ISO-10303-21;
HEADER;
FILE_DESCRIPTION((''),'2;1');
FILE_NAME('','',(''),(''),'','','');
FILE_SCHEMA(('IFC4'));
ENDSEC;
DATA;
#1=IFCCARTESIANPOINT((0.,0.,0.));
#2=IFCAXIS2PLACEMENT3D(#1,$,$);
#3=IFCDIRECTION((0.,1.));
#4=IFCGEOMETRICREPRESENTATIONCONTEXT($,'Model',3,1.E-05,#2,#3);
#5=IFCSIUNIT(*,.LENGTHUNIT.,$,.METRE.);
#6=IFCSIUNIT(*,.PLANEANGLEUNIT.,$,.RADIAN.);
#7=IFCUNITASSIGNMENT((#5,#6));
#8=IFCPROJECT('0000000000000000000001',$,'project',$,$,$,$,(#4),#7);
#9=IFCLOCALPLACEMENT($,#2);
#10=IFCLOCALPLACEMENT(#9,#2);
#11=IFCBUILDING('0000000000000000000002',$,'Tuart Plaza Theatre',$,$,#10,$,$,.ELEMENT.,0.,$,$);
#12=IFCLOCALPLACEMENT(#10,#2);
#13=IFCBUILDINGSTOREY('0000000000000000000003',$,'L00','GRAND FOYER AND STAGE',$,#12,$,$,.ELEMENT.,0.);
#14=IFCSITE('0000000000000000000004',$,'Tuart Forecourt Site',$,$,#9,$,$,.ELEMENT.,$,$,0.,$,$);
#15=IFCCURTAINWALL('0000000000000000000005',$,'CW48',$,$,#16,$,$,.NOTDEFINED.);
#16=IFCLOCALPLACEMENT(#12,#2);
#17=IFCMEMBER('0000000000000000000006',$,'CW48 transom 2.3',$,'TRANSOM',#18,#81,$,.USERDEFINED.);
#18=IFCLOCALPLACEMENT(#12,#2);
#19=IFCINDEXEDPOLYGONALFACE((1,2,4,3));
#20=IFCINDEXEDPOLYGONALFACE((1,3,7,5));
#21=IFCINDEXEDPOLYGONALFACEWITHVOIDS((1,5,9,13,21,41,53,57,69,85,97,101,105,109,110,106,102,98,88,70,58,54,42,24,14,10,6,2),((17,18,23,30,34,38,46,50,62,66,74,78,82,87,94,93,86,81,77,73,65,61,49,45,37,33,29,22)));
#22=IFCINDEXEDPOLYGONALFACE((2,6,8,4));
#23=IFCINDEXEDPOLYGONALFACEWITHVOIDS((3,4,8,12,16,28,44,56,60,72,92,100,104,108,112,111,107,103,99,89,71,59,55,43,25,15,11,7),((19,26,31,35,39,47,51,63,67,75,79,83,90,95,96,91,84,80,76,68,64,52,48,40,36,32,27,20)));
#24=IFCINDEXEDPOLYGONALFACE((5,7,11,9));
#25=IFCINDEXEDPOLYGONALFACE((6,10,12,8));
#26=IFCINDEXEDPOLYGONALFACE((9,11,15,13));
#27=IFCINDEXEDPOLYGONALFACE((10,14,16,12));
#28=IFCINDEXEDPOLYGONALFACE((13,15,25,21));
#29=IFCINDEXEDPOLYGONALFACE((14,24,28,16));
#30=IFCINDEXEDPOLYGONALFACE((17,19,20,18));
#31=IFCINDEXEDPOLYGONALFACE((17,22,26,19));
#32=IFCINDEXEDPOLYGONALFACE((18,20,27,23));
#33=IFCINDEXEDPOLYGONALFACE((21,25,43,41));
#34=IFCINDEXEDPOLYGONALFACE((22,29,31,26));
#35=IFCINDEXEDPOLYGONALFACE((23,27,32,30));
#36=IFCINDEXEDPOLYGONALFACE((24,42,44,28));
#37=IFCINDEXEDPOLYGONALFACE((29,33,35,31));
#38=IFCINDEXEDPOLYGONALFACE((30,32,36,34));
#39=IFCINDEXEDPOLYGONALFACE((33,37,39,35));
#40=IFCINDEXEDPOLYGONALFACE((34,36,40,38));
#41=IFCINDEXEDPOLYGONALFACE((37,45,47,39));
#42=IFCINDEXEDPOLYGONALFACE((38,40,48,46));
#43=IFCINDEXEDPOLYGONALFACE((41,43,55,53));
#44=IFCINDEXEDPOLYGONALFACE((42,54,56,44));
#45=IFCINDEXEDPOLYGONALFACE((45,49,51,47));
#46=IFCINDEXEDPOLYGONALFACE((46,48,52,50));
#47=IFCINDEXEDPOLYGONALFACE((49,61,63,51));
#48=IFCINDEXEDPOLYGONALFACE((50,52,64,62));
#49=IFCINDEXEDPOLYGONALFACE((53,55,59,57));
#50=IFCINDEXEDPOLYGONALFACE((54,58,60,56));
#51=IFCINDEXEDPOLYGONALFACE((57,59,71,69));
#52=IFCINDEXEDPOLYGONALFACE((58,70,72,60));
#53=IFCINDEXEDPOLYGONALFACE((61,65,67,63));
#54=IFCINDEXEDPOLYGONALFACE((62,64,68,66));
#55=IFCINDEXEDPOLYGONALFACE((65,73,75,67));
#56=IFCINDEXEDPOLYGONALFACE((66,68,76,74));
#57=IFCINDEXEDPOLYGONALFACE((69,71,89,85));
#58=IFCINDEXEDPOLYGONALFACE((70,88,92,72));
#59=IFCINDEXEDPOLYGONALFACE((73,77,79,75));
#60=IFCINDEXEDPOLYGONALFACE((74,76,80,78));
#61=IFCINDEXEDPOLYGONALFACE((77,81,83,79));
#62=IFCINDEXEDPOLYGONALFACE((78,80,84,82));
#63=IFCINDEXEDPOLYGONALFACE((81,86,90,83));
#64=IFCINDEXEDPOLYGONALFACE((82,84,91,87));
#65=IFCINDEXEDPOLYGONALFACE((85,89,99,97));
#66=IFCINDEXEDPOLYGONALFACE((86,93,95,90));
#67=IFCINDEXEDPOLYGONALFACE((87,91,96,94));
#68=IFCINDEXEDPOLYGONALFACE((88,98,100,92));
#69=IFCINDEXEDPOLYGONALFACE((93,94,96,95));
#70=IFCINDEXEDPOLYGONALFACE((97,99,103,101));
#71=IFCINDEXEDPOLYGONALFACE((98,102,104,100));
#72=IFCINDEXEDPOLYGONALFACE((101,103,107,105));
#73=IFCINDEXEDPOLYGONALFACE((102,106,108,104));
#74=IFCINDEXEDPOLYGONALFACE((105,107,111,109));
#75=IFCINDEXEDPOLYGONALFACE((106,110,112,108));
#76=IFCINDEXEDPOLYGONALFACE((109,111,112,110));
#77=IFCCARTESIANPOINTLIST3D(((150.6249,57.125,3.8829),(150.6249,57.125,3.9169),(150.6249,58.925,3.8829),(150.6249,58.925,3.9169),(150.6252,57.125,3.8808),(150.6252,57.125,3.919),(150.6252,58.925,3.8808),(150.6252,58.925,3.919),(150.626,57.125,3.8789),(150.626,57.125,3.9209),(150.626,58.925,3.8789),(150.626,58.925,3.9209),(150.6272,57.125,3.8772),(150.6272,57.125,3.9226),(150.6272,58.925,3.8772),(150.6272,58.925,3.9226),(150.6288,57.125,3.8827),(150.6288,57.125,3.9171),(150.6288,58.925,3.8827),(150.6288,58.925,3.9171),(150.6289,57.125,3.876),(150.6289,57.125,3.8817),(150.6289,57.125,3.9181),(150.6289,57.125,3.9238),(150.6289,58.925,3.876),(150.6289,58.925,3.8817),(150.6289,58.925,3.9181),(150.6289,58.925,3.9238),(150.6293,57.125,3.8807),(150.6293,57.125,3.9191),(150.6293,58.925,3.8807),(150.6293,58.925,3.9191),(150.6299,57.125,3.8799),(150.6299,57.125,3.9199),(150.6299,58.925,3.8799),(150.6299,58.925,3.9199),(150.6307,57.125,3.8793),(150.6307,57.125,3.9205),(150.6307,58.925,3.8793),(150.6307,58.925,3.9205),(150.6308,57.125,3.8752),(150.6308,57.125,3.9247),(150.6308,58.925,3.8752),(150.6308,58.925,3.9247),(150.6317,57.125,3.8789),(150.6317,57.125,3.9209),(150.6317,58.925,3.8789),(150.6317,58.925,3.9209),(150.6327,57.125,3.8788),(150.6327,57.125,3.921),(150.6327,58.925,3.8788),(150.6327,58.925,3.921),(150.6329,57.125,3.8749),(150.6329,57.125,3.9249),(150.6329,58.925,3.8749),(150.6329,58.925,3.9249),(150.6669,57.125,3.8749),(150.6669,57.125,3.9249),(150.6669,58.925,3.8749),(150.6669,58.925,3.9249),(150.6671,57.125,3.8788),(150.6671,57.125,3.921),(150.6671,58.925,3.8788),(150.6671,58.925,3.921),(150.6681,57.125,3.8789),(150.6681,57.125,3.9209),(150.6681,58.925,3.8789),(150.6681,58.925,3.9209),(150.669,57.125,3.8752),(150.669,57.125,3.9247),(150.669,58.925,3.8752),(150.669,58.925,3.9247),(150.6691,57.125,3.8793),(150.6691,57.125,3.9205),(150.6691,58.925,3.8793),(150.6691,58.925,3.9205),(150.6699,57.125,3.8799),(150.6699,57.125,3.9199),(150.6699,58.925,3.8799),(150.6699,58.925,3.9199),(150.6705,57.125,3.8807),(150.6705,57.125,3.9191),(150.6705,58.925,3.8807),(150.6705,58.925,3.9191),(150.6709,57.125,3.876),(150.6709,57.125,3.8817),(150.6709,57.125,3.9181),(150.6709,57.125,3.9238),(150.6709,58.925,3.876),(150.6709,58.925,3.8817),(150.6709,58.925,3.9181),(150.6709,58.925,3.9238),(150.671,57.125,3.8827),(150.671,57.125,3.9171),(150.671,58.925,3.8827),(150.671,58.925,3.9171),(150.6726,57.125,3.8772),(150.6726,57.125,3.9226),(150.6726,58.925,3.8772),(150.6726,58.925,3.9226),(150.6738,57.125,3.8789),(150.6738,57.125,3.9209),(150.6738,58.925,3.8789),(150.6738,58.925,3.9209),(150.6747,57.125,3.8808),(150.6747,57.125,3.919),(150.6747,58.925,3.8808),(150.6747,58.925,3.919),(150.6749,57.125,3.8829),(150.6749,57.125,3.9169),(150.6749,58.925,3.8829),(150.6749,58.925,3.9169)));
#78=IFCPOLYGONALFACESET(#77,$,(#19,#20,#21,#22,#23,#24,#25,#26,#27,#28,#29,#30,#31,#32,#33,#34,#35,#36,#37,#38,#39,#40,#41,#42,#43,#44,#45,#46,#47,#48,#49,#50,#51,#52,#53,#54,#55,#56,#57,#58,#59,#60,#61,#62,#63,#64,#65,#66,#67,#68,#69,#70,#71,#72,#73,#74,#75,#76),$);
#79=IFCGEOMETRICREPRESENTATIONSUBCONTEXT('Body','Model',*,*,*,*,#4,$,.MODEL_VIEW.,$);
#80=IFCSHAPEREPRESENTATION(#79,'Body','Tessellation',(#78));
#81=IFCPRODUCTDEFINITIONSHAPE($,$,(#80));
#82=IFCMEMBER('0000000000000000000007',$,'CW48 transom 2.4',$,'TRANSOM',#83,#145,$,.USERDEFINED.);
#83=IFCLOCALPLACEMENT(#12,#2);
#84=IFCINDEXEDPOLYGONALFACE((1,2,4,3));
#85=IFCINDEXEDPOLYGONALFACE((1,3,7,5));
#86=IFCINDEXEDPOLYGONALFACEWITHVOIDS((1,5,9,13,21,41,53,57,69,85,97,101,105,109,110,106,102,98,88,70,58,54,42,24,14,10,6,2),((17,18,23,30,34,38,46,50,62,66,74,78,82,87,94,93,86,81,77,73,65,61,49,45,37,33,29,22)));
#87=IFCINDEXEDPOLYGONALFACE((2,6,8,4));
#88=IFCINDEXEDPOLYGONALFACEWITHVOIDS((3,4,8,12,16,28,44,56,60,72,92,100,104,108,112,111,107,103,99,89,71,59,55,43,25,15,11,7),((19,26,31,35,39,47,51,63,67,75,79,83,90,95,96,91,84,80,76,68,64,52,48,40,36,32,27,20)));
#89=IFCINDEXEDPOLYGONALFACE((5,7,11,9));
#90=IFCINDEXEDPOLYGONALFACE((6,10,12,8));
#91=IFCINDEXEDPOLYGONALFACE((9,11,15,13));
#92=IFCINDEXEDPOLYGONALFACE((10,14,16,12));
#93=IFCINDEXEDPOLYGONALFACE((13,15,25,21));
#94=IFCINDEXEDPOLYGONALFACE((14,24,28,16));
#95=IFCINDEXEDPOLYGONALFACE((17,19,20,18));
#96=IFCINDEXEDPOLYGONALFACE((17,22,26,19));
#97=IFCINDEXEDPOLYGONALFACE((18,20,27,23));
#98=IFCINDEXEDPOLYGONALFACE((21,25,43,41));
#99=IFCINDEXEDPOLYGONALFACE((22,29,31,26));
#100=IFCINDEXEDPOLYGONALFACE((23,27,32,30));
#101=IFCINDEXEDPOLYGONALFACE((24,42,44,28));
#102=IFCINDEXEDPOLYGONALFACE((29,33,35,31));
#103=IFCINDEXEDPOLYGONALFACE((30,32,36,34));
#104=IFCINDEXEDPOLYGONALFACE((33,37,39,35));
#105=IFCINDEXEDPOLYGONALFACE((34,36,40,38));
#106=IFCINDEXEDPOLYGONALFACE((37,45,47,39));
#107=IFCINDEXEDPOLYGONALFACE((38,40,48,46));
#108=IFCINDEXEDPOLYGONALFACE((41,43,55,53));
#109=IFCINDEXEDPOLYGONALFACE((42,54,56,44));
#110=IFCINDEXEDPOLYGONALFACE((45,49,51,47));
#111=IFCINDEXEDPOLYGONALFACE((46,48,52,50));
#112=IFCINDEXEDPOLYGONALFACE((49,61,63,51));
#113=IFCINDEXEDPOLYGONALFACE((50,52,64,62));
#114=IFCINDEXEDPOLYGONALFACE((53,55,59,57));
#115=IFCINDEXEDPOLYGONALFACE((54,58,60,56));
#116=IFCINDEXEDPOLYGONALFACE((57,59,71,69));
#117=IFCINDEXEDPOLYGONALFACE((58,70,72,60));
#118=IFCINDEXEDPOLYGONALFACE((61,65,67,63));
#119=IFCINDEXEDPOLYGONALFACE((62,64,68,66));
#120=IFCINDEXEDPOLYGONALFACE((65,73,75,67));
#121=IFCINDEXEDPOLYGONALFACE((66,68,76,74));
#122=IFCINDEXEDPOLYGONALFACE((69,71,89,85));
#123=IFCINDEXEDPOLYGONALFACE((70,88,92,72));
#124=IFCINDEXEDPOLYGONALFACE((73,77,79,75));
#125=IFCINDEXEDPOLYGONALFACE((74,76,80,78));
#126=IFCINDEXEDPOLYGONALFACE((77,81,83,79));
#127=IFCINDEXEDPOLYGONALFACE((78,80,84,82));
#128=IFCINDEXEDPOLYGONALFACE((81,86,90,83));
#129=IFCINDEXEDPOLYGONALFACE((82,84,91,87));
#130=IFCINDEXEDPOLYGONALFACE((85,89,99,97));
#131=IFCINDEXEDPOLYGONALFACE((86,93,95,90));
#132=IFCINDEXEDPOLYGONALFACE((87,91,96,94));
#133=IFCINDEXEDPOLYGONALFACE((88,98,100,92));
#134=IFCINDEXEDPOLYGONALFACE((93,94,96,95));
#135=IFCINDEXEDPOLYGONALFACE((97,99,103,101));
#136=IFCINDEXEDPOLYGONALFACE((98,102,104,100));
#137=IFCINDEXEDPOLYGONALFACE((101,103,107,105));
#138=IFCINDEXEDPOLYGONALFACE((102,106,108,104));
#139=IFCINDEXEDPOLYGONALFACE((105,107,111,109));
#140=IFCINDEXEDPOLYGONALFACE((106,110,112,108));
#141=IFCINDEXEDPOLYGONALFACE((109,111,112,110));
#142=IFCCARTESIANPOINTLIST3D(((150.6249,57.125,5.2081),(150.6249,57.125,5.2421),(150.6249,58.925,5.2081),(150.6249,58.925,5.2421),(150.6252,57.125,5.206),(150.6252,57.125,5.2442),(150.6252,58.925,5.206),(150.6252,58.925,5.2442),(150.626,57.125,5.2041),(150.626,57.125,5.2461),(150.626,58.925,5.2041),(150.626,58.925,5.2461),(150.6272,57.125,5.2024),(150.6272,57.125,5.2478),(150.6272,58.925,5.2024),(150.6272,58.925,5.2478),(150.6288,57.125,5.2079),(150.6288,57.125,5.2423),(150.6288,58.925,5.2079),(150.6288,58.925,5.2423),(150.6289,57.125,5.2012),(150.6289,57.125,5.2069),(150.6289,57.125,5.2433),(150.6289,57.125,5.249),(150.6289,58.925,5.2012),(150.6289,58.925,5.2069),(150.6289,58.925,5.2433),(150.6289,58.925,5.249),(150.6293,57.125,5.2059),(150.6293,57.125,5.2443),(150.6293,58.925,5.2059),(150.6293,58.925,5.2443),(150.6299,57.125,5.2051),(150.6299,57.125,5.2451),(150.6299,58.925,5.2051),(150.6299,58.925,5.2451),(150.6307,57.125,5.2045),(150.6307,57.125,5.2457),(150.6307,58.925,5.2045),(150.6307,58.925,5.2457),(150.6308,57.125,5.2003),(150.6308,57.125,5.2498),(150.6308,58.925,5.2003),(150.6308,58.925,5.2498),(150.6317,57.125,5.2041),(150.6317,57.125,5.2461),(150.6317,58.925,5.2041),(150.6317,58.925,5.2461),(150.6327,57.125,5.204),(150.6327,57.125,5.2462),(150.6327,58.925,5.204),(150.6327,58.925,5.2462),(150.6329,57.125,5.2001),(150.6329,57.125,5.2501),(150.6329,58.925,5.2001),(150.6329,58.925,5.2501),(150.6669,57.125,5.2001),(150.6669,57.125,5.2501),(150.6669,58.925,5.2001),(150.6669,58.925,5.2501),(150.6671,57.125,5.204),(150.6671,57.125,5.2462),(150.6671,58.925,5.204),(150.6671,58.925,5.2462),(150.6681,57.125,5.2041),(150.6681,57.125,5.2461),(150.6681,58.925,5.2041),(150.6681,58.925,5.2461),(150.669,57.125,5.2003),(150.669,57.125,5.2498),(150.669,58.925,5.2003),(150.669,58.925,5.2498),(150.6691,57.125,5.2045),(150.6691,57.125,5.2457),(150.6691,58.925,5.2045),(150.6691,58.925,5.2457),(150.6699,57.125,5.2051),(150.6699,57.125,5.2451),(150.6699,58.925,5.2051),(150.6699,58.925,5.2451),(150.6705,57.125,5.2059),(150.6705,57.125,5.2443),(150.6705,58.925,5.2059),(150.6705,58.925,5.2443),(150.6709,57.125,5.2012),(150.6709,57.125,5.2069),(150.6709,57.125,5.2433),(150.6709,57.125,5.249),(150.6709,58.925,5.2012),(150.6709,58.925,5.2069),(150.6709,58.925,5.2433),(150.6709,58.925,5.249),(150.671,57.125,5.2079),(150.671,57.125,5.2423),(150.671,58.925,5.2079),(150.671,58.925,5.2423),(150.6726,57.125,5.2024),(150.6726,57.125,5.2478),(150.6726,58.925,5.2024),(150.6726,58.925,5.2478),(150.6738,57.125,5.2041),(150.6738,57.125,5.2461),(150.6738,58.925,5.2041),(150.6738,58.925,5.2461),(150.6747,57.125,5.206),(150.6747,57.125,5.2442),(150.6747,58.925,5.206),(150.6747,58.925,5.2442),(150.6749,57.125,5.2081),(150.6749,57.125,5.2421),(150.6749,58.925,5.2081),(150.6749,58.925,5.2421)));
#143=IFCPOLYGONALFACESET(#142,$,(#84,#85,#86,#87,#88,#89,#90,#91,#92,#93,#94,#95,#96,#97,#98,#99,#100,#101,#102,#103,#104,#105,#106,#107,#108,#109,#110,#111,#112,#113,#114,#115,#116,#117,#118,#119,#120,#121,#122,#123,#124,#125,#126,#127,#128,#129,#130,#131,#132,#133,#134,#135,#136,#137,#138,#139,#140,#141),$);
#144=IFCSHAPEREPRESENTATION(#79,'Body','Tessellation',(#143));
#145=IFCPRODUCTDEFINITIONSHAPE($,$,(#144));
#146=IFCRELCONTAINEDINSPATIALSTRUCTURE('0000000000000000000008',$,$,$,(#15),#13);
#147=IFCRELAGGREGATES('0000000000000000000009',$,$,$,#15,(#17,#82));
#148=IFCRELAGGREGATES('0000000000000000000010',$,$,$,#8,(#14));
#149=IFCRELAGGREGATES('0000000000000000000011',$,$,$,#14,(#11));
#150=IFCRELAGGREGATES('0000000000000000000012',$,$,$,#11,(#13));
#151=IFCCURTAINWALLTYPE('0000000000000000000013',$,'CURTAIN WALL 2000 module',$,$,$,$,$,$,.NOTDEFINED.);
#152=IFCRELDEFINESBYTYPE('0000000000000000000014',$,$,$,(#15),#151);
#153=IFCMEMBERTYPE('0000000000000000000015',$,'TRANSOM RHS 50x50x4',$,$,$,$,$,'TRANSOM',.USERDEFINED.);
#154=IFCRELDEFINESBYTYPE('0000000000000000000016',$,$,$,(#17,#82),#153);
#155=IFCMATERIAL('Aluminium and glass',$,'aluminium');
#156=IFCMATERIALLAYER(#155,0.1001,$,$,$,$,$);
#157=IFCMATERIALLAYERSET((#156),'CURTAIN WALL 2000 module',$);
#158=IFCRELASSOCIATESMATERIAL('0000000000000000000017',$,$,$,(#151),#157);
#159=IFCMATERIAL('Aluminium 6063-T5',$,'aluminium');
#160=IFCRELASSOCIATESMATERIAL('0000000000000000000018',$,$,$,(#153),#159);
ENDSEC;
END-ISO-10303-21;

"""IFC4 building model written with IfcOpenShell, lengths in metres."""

from ifc_helpers import new_model, si_unit, direction, frame, origin, origin_2d, place, context, subcontext, project, spatial, hollow_rectangle, extrude, material, layer, layer_set, material_profile, profile_set, type_object, element, aggregate, save


model = new_model("IFC4")

# Units and contexts
model_context = context("Model", 3, precision=1e-05, world=origin(), true_north=direction((0.0, 1.0)))
body_context = subcontext(model_context, "Body", "Model", "MODEL_VIEW")
ifc_project = project(units=[si_unit("LENGTHUNIT", "METRE"), si_unit("PLANEANGLEUNIT", "RADIAN")], contexts=[model_context])

# Site, building, storey
site_placement = place(None, origin())
site = spatial("IfcSite", under=ifc_project, at=site_placement, Name="Tuart Forecourt Site", CompositionType="ELEMENT", RefElevation=0.0)
building_placement = place(site_placement, origin())
building = spatial("IfcBuilding", under=site, at=building_placement, Name="Tuart Plaza Theatre", CompositionType="ELEMENT", ElevationOfRefHeight=0.0)
storey_placement = place(building_placement, origin())
storey = spatial("IfcBuildingStorey", under=building, at=storey_placement, Name="L00", Description="GRAND FOYER AND STAGE", CompositionType="ELEMENT", Elevation=0.0)

# Curtain wall
ifc_material_1 = material(Name="Aluminium and glass", Category="aluminium")
ifc_layer_1 = layer(ifc_material_1, 0.1001)
ifc_layer_set_1 = layer_set([ifc_layer_1], Name="CURTAIN WALL 2000 module")
curtain_wall_type_1 = type_object("IfcCurtainWallType", Name="CURTAIN WALL 2000 module", PredefinedType="NOTDEFINED", material=ifc_layer_set_1)
curtain_wall_1_placement = place(storey_placement, origin())
curtain_wall_1 = element("IfcCurtainWall", 1, at=curtain_wall_1_placement, inside=storey, type_object=curtain_wall_type_1, Name="CW48", PredefinedType="NOTDEFINED")

# Members
ifc_material_2 = material(Name="Aluminium 6063-T5", Category="aluminium")
ifc_material_profile_1 = material_profile(ifc_material_2, hollow_rectangle(XDim=0.05, YDim=0.05, WallThickness=0.0039, InnerFilletRadius=0.0039, OuterFilletRadius=0.0081, at=origin_2d()), Name="RHS 50x50x4")
ifc_profile_set_1 = profile_set([ifc_material_profile_1], Name="Aluminium 6063-T5")
member_type_1 = type_object("IfcMemberType", Name="TRANSOM RHS 50x50x4", ElementType="TRANSOM", PredefinedType="USERDEFINED", material=ifc_profile_set_1)
member_1_placement = place(storey_placement, frame((150.6499, 57.125, 3.8999), z_axis=(0.0, 1.0, 0.0), x_axis=(-1.0, 0.0, 0.0)))
member_1 = element("IfcMember", 2, at=member_1_placement, type_object=member_type_1, Name="CW48 transom 2.3", ObjectType="TRANSOM", PredefinedType="USERDEFINED", context=body_context, shape_type="SweptSolid", body=[
    extrude(hollow_rectangle(XDim=0.05, YDim=0.05, WallThickness=0.0039, InnerFilletRadius=0.0039, OuterFilletRadius=0.0081, at=origin_2d()), origin(), (0.0, 0.0, 1.0), 1.8),
])
member_2_placement = place(storey_placement, frame((150.6499, 57.125, 5.2251), z_axis=(0.0, 1.0, 0.0), x_axis=(-1.0, 0.0, 0.0)))
member_2 = element("IfcMember", 3, at=member_2_placement, type_object=member_type_1, Name="CW48 transom 2.4", ObjectType="TRANSOM", PredefinedType="USERDEFINED", context=body_context, shape_type="SweptSolid", body=[
    extrude(hollow_rectangle(XDim=0.05, YDim=0.05, WallThickness=0.0039, InnerFilletRadius=0.0039, OuterFilletRadius=0.0081, at=origin_2d()), origin(), (0.0, 0.0, 1.0), 1.8),
])

aggregate(curtain_wall_1, [member_1, member_2])

save(model, "model.ifc")
